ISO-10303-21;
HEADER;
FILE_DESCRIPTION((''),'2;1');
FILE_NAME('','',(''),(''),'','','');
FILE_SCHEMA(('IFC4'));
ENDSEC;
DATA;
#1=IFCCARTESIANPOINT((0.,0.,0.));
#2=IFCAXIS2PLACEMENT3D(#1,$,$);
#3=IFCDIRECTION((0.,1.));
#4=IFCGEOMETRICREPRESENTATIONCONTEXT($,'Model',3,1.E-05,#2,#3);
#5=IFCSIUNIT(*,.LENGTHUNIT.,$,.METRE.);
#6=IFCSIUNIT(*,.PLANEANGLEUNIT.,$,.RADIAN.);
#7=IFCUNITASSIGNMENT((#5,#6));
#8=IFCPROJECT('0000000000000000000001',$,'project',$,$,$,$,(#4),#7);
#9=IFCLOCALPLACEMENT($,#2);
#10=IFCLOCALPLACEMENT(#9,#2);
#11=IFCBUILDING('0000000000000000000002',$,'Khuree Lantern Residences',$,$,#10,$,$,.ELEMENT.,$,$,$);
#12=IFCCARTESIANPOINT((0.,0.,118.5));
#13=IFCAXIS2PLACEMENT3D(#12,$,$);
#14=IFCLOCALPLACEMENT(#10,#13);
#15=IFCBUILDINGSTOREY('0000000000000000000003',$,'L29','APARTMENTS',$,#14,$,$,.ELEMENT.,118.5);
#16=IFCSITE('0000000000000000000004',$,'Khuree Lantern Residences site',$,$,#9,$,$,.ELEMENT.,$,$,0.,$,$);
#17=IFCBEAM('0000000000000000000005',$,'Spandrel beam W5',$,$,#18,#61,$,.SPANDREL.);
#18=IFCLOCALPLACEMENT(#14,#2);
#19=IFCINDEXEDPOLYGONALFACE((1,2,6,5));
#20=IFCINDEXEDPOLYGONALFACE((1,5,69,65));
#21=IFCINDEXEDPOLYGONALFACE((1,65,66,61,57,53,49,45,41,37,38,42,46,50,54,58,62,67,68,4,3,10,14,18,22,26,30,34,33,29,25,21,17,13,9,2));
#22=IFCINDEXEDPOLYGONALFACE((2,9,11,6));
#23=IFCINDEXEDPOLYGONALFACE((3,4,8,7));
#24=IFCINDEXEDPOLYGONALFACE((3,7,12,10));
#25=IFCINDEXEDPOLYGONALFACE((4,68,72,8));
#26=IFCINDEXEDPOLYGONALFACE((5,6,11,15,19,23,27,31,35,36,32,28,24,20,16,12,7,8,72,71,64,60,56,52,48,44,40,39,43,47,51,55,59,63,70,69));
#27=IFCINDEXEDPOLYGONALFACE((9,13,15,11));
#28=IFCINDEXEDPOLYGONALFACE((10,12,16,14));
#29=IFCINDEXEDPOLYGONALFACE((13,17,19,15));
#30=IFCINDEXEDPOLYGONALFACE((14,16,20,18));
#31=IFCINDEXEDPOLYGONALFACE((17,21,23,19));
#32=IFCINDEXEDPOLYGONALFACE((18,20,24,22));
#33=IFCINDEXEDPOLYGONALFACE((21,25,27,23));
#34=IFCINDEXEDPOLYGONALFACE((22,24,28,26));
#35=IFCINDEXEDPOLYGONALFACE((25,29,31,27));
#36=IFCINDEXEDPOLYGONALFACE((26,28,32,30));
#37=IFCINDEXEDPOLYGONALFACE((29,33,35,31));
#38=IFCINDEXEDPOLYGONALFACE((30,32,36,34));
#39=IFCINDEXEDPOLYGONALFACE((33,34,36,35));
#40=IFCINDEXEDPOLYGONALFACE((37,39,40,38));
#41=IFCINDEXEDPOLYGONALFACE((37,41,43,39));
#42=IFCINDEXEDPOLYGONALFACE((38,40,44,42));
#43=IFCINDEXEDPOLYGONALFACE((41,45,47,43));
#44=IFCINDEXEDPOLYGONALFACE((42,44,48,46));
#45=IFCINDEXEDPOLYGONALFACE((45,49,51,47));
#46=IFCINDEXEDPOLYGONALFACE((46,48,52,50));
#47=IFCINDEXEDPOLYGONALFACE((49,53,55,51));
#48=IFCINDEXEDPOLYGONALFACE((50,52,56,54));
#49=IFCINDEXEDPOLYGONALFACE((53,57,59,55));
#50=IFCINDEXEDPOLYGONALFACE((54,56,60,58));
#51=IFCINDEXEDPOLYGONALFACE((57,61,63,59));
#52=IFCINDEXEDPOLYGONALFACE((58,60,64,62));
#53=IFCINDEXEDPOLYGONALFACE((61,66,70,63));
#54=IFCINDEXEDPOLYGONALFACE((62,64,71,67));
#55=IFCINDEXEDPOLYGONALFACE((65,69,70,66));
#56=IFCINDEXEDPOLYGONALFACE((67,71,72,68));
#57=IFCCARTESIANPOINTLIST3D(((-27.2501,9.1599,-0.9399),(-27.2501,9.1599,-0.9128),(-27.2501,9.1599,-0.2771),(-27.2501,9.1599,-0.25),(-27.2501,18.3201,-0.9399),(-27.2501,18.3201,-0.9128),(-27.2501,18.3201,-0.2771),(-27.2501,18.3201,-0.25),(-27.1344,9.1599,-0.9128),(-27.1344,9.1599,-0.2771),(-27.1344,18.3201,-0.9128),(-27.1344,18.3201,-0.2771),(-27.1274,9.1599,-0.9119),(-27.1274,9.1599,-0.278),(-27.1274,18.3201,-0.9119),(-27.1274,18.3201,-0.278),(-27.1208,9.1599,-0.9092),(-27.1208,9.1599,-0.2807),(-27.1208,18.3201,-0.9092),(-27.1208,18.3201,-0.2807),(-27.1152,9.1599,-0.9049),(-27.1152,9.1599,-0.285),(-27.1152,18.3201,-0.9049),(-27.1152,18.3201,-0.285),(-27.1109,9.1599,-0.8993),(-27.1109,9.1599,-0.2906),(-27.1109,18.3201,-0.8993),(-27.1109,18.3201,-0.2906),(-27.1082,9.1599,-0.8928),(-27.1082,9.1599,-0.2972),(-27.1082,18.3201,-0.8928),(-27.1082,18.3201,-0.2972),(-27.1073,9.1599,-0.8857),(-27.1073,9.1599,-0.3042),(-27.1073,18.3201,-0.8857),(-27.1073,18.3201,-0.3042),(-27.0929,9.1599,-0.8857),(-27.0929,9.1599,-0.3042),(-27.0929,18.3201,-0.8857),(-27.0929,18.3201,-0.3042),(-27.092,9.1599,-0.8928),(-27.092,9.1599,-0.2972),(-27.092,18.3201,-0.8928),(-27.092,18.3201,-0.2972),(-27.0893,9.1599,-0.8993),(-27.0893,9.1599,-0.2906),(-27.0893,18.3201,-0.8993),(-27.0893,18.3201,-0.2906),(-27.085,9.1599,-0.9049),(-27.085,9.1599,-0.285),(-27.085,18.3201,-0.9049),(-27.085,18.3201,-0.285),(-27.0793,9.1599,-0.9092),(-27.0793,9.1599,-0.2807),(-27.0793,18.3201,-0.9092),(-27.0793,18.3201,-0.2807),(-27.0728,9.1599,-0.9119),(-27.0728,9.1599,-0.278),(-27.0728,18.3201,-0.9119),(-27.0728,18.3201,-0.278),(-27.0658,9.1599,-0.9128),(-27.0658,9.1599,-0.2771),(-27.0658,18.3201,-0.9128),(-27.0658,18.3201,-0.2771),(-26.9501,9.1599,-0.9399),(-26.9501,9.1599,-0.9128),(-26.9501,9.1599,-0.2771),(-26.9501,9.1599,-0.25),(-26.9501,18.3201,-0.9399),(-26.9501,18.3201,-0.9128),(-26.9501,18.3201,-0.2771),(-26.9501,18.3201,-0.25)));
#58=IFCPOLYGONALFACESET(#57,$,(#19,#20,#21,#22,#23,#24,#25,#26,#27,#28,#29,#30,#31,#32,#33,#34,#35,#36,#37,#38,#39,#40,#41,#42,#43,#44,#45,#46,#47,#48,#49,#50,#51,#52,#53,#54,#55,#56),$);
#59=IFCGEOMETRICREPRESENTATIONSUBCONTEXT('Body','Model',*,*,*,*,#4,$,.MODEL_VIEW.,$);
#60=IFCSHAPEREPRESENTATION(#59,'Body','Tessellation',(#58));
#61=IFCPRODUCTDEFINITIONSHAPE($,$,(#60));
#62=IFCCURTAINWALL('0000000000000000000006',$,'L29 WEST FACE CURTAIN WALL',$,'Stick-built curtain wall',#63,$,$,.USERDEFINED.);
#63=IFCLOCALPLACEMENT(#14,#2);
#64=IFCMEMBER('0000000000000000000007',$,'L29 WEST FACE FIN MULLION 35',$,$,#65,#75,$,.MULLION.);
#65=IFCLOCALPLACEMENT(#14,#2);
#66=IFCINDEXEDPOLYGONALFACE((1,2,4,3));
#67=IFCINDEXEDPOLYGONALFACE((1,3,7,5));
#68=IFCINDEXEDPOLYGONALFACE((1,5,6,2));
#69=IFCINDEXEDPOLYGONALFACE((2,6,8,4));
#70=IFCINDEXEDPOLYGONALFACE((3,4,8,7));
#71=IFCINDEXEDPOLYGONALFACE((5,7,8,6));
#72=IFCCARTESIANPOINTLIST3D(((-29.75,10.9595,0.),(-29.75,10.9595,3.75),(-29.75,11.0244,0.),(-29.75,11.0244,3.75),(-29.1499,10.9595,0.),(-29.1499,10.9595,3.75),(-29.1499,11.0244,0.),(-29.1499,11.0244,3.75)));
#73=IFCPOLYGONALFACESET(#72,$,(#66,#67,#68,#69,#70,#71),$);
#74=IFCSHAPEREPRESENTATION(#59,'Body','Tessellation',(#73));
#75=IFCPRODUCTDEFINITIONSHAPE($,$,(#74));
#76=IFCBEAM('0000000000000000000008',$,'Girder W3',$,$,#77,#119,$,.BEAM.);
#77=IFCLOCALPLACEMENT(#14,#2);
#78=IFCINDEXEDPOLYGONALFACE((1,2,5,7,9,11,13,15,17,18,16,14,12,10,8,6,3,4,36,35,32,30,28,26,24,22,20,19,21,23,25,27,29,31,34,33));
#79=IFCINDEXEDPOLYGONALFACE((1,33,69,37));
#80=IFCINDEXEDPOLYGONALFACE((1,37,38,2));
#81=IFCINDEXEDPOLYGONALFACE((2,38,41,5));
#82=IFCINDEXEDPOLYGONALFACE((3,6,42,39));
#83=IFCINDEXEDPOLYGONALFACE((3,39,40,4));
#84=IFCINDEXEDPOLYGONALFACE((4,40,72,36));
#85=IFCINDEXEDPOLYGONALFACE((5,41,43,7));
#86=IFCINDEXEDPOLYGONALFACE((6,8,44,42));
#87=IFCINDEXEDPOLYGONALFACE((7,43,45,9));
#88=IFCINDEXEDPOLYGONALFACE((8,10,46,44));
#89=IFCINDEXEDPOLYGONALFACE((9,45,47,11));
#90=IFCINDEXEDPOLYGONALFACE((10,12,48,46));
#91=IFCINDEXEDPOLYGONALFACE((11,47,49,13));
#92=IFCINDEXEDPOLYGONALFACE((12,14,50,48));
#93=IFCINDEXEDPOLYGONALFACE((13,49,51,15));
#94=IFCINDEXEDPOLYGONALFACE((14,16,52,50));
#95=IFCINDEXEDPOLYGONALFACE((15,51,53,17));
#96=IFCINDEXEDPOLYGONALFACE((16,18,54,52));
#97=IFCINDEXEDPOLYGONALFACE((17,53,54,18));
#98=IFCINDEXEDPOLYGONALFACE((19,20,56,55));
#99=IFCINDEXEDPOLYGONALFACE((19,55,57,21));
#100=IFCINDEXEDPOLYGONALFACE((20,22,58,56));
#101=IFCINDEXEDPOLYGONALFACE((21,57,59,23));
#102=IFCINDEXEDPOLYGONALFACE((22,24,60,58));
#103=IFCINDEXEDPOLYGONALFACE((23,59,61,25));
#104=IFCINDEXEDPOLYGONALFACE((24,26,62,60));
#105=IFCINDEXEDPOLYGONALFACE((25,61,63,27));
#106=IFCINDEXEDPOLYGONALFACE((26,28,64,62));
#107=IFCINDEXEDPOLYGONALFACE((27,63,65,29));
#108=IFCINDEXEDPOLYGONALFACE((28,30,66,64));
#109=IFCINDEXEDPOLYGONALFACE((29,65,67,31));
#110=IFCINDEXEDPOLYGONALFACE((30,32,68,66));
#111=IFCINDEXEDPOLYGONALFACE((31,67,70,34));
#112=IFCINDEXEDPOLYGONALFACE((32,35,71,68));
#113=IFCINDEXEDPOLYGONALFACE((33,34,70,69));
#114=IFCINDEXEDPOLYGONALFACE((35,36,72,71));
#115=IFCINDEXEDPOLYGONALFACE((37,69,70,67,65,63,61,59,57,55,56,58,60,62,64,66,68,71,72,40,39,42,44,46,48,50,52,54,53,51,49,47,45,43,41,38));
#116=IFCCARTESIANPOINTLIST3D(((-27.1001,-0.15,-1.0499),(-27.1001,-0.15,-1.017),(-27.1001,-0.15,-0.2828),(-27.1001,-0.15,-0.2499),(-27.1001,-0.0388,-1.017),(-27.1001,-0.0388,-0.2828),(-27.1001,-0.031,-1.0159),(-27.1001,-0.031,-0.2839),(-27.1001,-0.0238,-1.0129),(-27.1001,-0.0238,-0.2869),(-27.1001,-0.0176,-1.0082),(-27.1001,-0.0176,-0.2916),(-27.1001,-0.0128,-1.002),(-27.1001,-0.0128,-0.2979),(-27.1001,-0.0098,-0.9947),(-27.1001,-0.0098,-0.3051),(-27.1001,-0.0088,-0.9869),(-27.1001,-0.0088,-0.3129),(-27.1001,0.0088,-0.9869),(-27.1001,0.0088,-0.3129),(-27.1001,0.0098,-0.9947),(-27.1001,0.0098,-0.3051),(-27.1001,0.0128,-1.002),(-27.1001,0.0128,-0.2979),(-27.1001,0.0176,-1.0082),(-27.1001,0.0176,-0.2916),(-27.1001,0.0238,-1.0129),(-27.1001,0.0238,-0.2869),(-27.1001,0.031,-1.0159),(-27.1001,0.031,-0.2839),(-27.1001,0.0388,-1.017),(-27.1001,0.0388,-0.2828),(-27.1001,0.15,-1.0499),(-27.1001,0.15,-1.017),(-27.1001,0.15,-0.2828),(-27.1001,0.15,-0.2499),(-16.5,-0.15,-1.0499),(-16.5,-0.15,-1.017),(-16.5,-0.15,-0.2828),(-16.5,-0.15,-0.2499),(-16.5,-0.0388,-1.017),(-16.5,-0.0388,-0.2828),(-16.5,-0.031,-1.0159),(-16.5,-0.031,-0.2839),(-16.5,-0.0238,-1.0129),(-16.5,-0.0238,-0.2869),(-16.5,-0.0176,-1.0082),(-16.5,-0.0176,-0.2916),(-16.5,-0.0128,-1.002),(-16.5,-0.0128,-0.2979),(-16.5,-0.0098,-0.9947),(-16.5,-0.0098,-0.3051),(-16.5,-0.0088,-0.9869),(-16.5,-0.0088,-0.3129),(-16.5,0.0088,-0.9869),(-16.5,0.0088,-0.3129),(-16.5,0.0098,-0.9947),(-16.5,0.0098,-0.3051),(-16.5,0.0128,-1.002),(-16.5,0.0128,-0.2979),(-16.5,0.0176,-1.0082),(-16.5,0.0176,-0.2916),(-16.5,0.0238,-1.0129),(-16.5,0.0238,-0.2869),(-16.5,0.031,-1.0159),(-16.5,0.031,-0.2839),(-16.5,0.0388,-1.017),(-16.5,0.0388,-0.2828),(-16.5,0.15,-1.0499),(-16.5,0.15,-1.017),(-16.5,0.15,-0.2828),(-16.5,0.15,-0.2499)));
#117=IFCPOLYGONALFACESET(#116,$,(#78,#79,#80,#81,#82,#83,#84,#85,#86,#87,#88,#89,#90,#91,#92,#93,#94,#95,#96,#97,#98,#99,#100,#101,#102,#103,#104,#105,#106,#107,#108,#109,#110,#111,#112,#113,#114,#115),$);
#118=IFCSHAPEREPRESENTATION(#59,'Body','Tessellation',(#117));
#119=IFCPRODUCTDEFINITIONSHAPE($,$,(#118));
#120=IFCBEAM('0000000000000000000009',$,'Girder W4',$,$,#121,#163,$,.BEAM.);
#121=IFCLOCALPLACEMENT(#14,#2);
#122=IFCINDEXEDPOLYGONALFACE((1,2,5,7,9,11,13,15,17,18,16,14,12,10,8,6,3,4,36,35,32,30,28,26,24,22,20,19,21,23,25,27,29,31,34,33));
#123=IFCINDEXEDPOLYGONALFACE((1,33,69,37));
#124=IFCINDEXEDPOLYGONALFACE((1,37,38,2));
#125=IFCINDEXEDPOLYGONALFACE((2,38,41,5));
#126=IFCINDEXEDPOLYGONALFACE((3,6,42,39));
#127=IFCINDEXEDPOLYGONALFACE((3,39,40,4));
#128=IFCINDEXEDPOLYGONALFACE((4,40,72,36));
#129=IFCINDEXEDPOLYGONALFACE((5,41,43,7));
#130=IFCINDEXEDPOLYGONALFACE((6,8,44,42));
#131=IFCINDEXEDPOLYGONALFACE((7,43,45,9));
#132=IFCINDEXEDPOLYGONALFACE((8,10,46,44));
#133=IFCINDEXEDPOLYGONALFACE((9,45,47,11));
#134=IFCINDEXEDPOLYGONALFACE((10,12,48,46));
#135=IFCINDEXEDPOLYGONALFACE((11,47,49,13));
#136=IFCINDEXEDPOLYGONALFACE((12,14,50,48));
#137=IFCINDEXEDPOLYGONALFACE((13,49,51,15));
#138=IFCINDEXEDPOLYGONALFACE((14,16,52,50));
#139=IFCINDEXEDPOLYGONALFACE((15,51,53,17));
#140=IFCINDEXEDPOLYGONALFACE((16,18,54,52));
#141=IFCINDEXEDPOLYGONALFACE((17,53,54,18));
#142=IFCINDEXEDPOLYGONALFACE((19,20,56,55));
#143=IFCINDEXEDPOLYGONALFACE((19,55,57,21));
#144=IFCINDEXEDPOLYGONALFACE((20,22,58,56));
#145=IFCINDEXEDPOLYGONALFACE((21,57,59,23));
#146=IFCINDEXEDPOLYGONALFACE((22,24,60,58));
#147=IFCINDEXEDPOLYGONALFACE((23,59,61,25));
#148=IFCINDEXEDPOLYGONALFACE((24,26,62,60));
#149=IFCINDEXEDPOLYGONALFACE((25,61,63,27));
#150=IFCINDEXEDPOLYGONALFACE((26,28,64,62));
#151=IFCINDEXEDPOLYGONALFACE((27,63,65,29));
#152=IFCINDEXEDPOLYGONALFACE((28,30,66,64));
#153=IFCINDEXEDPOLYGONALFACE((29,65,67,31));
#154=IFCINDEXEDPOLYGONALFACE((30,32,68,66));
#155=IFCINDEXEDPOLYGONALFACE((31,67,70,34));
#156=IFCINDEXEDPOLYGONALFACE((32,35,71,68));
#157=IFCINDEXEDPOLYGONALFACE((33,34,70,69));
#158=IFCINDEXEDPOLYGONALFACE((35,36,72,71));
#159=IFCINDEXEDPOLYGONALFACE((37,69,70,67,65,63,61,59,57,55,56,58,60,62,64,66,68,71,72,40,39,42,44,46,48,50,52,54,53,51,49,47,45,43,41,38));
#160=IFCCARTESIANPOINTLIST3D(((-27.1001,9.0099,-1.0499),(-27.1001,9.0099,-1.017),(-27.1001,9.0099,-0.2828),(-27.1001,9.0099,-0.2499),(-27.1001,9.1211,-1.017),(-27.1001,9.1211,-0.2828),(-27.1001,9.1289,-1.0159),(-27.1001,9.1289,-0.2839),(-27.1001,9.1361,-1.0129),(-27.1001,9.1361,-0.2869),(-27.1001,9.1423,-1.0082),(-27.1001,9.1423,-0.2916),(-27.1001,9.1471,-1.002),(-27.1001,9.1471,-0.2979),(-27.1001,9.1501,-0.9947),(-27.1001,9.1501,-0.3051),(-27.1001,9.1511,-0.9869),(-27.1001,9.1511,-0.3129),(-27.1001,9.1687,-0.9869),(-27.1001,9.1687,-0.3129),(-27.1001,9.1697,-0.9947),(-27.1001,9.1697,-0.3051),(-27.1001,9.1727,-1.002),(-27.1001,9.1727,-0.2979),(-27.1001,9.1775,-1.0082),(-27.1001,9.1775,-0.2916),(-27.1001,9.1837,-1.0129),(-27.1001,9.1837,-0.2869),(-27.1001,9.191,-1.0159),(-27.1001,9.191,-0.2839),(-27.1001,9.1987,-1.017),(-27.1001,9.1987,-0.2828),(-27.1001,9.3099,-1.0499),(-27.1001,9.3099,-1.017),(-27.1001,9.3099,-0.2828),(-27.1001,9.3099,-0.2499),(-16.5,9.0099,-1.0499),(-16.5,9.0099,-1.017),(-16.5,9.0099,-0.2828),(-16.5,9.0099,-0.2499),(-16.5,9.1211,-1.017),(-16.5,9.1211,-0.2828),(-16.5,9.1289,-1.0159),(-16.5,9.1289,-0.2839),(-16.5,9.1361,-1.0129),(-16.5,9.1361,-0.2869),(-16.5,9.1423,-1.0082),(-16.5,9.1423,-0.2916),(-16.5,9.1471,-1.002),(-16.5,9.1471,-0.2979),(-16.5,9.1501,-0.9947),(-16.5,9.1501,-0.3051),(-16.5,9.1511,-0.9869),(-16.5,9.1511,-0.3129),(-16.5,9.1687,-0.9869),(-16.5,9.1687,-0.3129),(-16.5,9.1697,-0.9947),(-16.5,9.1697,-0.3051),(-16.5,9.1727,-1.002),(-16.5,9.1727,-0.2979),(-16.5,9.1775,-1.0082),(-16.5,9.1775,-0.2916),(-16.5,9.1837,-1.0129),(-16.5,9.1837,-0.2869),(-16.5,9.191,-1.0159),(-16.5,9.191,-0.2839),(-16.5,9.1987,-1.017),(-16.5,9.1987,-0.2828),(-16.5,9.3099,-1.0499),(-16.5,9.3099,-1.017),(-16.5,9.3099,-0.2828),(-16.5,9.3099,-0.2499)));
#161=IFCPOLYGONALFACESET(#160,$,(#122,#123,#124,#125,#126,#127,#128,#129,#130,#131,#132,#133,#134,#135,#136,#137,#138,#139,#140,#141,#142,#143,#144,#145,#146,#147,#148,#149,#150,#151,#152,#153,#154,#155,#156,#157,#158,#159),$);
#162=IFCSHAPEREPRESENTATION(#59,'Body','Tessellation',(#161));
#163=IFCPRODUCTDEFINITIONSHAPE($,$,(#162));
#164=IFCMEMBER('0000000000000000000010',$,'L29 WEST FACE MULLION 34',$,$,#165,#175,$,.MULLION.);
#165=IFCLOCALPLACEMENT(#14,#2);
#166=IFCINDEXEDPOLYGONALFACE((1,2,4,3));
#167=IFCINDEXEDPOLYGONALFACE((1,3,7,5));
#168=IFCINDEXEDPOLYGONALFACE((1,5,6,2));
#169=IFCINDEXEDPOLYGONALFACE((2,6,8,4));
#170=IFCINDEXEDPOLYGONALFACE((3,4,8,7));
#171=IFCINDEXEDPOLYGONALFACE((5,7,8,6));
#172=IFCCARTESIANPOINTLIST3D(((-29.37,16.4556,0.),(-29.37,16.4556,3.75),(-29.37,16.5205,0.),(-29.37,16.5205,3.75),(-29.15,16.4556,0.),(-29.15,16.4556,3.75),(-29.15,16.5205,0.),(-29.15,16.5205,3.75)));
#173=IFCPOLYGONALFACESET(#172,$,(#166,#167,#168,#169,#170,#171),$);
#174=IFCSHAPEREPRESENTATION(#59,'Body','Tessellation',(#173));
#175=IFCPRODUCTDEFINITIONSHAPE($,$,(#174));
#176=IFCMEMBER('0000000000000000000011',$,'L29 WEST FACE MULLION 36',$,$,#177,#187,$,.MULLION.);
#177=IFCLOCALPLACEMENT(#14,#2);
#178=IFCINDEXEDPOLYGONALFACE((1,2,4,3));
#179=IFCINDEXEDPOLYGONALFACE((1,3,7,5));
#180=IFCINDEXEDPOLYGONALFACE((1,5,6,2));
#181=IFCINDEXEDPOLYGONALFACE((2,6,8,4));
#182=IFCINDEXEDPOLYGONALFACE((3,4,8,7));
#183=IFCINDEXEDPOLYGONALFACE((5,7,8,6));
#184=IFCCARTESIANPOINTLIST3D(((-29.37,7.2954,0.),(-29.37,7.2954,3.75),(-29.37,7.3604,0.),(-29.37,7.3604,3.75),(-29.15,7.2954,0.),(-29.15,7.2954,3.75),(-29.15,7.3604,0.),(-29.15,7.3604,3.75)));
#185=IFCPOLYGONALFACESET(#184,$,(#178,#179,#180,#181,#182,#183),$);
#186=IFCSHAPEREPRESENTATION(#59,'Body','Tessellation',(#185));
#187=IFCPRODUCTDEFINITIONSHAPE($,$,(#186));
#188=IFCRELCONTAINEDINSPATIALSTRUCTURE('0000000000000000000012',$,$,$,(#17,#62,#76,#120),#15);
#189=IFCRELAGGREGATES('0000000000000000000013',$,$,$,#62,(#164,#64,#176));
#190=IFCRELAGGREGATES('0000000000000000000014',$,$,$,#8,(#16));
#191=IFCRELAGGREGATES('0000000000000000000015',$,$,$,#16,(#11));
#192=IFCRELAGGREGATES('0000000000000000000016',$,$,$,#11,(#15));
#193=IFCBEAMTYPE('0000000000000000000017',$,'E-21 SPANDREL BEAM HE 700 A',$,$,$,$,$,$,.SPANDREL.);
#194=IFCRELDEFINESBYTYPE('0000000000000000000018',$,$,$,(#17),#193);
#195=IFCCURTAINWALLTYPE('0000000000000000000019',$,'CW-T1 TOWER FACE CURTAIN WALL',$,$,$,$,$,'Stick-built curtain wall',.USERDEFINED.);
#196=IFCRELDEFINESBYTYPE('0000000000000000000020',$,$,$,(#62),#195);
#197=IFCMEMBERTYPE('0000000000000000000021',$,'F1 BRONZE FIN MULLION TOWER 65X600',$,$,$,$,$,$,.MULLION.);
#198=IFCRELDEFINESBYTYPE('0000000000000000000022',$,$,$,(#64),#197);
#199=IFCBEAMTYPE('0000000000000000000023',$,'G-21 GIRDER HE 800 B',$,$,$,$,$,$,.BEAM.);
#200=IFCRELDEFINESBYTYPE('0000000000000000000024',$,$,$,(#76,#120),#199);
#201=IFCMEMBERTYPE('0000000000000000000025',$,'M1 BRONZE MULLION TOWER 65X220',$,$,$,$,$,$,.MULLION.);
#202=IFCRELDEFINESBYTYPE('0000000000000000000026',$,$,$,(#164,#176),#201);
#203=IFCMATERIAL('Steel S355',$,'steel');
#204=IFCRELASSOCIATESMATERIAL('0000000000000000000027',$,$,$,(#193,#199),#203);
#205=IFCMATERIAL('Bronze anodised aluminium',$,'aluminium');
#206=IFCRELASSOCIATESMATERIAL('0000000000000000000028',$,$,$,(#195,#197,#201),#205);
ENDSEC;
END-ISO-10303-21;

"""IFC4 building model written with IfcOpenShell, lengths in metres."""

from ifc_helpers import new_model, si_unit, direction, frame, origin, origin_2d, place, context, subcontext, project, spatial, rectangle, i_section, extrude, material, material_profile, profile_set, type_object, element, aggregate, save


model = new_model("IFC4")

# Units and contexts
model_context = context("Model", 3, precision=1e-05, world=origin(), true_north=direction((0.0, 1.0)))
body_context = subcontext(model_context, "Body", "Model", "MODEL_VIEW")
ifc_project = project(units=[si_unit("LENGTHUNIT", "METRE"), si_unit("PLANEANGLEUNIT", "RADIAN")], contexts=[model_context])

# Site, building, storey
site_placement = place(None, origin())
site = spatial("IfcSite", under=ifc_project, at=site_placement, Name="Khuree Lantern Residences site", CompositionType="ELEMENT", RefElevation=0.0)
building_placement = place(site_placement, origin())
building = spatial("IfcBuilding", under=site, at=building_placement, Name="Khuree Lantern Residences", CompositionType="ELEMENT")
storey_placement = place(building_placement, frame((0.0, 0.0, 118.5)))
storey = spatial("IfcBuildingStorey", under=building, at=storey_placement, Name="L29", Description="APARTMENTS", CompositionType="ELEMENT", Elevation=118.5)

# Beam
ifc_material_1 = material(Name="Steel S355", Category="steel")
ifc_material_profile_1 = material_profile(ifc_material_1, i_section(OverallWidth=0.3, OverallDepth=0.6899, WebThickness=0.0144, FlangeThickness=0.0271, FilletRadius=0.0271, at=origin_2d()), Name="HE 700 A")
ifc_profile_set_1 = profile_set([ifc_material_profile_1], Name="Steel S355")
beam_type_1 = type_object("IfcBeamType", Name="E-21 SPANDREL BEAM HE 700 A", PredefinedType="SPANDREL", material=ifc_profile_set_1)
beam_1_placement = place(storey_placement, frame((-27.1001, 9.1599, -0.595), z_axis=(0.0, 1.0, 0.0), x_axis=(-1.0, 0.0, 0.0)))
element("IfcBeam", 1, at=beam_1_placement, inside=storey, type_object=beam_type_1, Name="Spandrel beam W5", PredefinedType="SPANDREL", context=body_context, shape_type="SweptSolid", body=[
    extrude(i_section(OverallWidth=0.3, OverallDepth=0.6899, WebThickness=0.0144, FlangeThickness=0.0271, FilletRadius=0.0271, at=origin_2d()), origin(), (0.0, 0.0, 1.0), 9.1602),
])

# Curtain wall, member
ifc_material_2 = material(Name="Bronze anodised aluminium", Category="aluminium")
curtain_wall_type = type_object("IfcCurtainWallType", Name="CW-T1 TOWER FACE CURTAIN WALL", ElementType="Stick-built curtain wall", PredefinedType="USERDEFINED", material=ifc_material_2)
curtain_wall_placement = place(storey_placement, origin())
curtain_wall = element("IfcCurtainWall", 2, at=curtain_wall_placement, inside=storey, type_object=curtain_wall_type, Name="L29 WEST FACE CURTAIN WALL", ObjectType="Stick-built curtain wall", PredefinedType="USERDEFINED")
ifc_material_profile_2 = material_profile(ifc_material_2, rectangle(XDim=0.0649, YDim=0.6001, at=origin_2d()), Name="F1 65X600")
ifc_profile_set_2 = profile_set([ifc_material_profile_2], Name="Bronze anodised aluminium")
member_type_1 = type_object("IfcMemberType", Name="F1 BRONZE FIN MULLION TOWER 65X600", PredefinedType="MULLION", material=ifc_profile_set_2)
member_1_placement = place(storey_placement, frame((-29.45, 10.9919, 0.0), z_axis=(0.0, 0.0, 1.0), x_axis=(0.0, -1.0, 0.0)))
member_1 = element("IfcMember", 3, at=member_1_placement, type_object=member_type_1, Name="L29 WEST FACE FIN MULLION 35", PredefinedType="MULLION", context=body_context, shape_type="SweptSolid", body=[
    extrude(rectangle(XDim=0.0649, YDim=0.6001, at=origin_2d()), origin(), (0.0, 0.0, 1.0), 3.75),
])

# Beams
ifc_material_profile_3 = material_profile(ifc_material_1, i_section(OverallWidth=0.3, OverallDepth=0.8, WebThickness=0.0176, FlangeThickness=0.033, FilletRadius=0.03, at=origin_2d()), Name="HE 800 B")
ifc_profile_set_3 = profile_set([ifc_material_profile_3], Name="Steel S355")
beam_type_2 = type_object("IfcBeamType", Name="G-21 GIRDER HE 800 B", PredefinedType="BEAM", material=ifc_profile_set_3)
for number, where, z_axis, x_axis, name in (
    (4, (-27.1001, 0.0, -0.6499), (1.0, 0.0, 0.0), (0.0, 1.0, 0.0), "Girder W3"),
    (5, (-27.1001, 9.1599, -0.6499), (1.0, 0.0, 0.0), (0.0, 1.0, 0.0), "Girder W4"),
):
    element("IfcBeam", number, at=place(storey_placement, frame(where, z_axis=z_axis, x_axis=x_axis)), inside=storey, type_object=beam_type_2, Name=name, PredefinedType="BEAM", context=body_context, shape_type="SweptSolid", body=[
        extrude(i_section(OverallWidth=0.3, OverallDepth=0.8, WebThickness=0.0176, FlangeThickness=0.033, FilletRadius=0.03, at=origin_2d()), origin(), (0.0, 0.0, 1.0), 10.6001),
    ])

# Members
ifc_material_profile_4 = material_profile(ifc_material_2, rectangle(XDim=0.0649, YDim=0.22, at=origin_2d()), Name="M1 65X220")
ifc_profile_set_4 = profile_set([ifc_material_profile_4], Name="Bronze anodised aluminium")
member_type_2 = type_object("IfcMemberType", Name="M1 BRONZE MULLION TOWER 65X220", PredefinedType="MULLION", material=ifc_profile_set_4)
member_2_placement = place(storey_placement, frame((-29.26, 16.488, 0.0), z_axis=(0.0, 0.0, 1.0), x_axis=(0.0, -1.0, 0.0)))
member_2 = element("IfcMember", 6, at=member_2_placement, type_object=member_type_2, Name="L29 WEST FACE MULLION 34", PredefinedType="MULLION", context=body_context, shape_type="SweptSolid", body=[
    extrude(rectangle(XDim=0.0649, YDim=0.22, at=origin_2d()), origin(), (0.0, 0.0, 1.0), 3.75),
])
member_3_placement = place(storey_placement, frame((-29.26, 7.3279, 0.0), z_axis=(0.0, 0.0, 1.0), x_axis=(0.0, -1.0, 0.0)))
member_3 = element("IfcMember", 7, at=member_3_placement, type_object=member_type_2, Name="L29 WEST FACE MULLION 36", PredefinedType="MULLION", context=body_context, shape_type="SweptSolid", body=[
    extrude(rectangle(XDim=0.0649, YDim=0.22, at=origin_2d()), origin(), (0.0, 0.0, 1.0), 3.75),
])

aggregate(curtain_wall, [member_2, member_1, member_3])

save(model, "model.ifc")
